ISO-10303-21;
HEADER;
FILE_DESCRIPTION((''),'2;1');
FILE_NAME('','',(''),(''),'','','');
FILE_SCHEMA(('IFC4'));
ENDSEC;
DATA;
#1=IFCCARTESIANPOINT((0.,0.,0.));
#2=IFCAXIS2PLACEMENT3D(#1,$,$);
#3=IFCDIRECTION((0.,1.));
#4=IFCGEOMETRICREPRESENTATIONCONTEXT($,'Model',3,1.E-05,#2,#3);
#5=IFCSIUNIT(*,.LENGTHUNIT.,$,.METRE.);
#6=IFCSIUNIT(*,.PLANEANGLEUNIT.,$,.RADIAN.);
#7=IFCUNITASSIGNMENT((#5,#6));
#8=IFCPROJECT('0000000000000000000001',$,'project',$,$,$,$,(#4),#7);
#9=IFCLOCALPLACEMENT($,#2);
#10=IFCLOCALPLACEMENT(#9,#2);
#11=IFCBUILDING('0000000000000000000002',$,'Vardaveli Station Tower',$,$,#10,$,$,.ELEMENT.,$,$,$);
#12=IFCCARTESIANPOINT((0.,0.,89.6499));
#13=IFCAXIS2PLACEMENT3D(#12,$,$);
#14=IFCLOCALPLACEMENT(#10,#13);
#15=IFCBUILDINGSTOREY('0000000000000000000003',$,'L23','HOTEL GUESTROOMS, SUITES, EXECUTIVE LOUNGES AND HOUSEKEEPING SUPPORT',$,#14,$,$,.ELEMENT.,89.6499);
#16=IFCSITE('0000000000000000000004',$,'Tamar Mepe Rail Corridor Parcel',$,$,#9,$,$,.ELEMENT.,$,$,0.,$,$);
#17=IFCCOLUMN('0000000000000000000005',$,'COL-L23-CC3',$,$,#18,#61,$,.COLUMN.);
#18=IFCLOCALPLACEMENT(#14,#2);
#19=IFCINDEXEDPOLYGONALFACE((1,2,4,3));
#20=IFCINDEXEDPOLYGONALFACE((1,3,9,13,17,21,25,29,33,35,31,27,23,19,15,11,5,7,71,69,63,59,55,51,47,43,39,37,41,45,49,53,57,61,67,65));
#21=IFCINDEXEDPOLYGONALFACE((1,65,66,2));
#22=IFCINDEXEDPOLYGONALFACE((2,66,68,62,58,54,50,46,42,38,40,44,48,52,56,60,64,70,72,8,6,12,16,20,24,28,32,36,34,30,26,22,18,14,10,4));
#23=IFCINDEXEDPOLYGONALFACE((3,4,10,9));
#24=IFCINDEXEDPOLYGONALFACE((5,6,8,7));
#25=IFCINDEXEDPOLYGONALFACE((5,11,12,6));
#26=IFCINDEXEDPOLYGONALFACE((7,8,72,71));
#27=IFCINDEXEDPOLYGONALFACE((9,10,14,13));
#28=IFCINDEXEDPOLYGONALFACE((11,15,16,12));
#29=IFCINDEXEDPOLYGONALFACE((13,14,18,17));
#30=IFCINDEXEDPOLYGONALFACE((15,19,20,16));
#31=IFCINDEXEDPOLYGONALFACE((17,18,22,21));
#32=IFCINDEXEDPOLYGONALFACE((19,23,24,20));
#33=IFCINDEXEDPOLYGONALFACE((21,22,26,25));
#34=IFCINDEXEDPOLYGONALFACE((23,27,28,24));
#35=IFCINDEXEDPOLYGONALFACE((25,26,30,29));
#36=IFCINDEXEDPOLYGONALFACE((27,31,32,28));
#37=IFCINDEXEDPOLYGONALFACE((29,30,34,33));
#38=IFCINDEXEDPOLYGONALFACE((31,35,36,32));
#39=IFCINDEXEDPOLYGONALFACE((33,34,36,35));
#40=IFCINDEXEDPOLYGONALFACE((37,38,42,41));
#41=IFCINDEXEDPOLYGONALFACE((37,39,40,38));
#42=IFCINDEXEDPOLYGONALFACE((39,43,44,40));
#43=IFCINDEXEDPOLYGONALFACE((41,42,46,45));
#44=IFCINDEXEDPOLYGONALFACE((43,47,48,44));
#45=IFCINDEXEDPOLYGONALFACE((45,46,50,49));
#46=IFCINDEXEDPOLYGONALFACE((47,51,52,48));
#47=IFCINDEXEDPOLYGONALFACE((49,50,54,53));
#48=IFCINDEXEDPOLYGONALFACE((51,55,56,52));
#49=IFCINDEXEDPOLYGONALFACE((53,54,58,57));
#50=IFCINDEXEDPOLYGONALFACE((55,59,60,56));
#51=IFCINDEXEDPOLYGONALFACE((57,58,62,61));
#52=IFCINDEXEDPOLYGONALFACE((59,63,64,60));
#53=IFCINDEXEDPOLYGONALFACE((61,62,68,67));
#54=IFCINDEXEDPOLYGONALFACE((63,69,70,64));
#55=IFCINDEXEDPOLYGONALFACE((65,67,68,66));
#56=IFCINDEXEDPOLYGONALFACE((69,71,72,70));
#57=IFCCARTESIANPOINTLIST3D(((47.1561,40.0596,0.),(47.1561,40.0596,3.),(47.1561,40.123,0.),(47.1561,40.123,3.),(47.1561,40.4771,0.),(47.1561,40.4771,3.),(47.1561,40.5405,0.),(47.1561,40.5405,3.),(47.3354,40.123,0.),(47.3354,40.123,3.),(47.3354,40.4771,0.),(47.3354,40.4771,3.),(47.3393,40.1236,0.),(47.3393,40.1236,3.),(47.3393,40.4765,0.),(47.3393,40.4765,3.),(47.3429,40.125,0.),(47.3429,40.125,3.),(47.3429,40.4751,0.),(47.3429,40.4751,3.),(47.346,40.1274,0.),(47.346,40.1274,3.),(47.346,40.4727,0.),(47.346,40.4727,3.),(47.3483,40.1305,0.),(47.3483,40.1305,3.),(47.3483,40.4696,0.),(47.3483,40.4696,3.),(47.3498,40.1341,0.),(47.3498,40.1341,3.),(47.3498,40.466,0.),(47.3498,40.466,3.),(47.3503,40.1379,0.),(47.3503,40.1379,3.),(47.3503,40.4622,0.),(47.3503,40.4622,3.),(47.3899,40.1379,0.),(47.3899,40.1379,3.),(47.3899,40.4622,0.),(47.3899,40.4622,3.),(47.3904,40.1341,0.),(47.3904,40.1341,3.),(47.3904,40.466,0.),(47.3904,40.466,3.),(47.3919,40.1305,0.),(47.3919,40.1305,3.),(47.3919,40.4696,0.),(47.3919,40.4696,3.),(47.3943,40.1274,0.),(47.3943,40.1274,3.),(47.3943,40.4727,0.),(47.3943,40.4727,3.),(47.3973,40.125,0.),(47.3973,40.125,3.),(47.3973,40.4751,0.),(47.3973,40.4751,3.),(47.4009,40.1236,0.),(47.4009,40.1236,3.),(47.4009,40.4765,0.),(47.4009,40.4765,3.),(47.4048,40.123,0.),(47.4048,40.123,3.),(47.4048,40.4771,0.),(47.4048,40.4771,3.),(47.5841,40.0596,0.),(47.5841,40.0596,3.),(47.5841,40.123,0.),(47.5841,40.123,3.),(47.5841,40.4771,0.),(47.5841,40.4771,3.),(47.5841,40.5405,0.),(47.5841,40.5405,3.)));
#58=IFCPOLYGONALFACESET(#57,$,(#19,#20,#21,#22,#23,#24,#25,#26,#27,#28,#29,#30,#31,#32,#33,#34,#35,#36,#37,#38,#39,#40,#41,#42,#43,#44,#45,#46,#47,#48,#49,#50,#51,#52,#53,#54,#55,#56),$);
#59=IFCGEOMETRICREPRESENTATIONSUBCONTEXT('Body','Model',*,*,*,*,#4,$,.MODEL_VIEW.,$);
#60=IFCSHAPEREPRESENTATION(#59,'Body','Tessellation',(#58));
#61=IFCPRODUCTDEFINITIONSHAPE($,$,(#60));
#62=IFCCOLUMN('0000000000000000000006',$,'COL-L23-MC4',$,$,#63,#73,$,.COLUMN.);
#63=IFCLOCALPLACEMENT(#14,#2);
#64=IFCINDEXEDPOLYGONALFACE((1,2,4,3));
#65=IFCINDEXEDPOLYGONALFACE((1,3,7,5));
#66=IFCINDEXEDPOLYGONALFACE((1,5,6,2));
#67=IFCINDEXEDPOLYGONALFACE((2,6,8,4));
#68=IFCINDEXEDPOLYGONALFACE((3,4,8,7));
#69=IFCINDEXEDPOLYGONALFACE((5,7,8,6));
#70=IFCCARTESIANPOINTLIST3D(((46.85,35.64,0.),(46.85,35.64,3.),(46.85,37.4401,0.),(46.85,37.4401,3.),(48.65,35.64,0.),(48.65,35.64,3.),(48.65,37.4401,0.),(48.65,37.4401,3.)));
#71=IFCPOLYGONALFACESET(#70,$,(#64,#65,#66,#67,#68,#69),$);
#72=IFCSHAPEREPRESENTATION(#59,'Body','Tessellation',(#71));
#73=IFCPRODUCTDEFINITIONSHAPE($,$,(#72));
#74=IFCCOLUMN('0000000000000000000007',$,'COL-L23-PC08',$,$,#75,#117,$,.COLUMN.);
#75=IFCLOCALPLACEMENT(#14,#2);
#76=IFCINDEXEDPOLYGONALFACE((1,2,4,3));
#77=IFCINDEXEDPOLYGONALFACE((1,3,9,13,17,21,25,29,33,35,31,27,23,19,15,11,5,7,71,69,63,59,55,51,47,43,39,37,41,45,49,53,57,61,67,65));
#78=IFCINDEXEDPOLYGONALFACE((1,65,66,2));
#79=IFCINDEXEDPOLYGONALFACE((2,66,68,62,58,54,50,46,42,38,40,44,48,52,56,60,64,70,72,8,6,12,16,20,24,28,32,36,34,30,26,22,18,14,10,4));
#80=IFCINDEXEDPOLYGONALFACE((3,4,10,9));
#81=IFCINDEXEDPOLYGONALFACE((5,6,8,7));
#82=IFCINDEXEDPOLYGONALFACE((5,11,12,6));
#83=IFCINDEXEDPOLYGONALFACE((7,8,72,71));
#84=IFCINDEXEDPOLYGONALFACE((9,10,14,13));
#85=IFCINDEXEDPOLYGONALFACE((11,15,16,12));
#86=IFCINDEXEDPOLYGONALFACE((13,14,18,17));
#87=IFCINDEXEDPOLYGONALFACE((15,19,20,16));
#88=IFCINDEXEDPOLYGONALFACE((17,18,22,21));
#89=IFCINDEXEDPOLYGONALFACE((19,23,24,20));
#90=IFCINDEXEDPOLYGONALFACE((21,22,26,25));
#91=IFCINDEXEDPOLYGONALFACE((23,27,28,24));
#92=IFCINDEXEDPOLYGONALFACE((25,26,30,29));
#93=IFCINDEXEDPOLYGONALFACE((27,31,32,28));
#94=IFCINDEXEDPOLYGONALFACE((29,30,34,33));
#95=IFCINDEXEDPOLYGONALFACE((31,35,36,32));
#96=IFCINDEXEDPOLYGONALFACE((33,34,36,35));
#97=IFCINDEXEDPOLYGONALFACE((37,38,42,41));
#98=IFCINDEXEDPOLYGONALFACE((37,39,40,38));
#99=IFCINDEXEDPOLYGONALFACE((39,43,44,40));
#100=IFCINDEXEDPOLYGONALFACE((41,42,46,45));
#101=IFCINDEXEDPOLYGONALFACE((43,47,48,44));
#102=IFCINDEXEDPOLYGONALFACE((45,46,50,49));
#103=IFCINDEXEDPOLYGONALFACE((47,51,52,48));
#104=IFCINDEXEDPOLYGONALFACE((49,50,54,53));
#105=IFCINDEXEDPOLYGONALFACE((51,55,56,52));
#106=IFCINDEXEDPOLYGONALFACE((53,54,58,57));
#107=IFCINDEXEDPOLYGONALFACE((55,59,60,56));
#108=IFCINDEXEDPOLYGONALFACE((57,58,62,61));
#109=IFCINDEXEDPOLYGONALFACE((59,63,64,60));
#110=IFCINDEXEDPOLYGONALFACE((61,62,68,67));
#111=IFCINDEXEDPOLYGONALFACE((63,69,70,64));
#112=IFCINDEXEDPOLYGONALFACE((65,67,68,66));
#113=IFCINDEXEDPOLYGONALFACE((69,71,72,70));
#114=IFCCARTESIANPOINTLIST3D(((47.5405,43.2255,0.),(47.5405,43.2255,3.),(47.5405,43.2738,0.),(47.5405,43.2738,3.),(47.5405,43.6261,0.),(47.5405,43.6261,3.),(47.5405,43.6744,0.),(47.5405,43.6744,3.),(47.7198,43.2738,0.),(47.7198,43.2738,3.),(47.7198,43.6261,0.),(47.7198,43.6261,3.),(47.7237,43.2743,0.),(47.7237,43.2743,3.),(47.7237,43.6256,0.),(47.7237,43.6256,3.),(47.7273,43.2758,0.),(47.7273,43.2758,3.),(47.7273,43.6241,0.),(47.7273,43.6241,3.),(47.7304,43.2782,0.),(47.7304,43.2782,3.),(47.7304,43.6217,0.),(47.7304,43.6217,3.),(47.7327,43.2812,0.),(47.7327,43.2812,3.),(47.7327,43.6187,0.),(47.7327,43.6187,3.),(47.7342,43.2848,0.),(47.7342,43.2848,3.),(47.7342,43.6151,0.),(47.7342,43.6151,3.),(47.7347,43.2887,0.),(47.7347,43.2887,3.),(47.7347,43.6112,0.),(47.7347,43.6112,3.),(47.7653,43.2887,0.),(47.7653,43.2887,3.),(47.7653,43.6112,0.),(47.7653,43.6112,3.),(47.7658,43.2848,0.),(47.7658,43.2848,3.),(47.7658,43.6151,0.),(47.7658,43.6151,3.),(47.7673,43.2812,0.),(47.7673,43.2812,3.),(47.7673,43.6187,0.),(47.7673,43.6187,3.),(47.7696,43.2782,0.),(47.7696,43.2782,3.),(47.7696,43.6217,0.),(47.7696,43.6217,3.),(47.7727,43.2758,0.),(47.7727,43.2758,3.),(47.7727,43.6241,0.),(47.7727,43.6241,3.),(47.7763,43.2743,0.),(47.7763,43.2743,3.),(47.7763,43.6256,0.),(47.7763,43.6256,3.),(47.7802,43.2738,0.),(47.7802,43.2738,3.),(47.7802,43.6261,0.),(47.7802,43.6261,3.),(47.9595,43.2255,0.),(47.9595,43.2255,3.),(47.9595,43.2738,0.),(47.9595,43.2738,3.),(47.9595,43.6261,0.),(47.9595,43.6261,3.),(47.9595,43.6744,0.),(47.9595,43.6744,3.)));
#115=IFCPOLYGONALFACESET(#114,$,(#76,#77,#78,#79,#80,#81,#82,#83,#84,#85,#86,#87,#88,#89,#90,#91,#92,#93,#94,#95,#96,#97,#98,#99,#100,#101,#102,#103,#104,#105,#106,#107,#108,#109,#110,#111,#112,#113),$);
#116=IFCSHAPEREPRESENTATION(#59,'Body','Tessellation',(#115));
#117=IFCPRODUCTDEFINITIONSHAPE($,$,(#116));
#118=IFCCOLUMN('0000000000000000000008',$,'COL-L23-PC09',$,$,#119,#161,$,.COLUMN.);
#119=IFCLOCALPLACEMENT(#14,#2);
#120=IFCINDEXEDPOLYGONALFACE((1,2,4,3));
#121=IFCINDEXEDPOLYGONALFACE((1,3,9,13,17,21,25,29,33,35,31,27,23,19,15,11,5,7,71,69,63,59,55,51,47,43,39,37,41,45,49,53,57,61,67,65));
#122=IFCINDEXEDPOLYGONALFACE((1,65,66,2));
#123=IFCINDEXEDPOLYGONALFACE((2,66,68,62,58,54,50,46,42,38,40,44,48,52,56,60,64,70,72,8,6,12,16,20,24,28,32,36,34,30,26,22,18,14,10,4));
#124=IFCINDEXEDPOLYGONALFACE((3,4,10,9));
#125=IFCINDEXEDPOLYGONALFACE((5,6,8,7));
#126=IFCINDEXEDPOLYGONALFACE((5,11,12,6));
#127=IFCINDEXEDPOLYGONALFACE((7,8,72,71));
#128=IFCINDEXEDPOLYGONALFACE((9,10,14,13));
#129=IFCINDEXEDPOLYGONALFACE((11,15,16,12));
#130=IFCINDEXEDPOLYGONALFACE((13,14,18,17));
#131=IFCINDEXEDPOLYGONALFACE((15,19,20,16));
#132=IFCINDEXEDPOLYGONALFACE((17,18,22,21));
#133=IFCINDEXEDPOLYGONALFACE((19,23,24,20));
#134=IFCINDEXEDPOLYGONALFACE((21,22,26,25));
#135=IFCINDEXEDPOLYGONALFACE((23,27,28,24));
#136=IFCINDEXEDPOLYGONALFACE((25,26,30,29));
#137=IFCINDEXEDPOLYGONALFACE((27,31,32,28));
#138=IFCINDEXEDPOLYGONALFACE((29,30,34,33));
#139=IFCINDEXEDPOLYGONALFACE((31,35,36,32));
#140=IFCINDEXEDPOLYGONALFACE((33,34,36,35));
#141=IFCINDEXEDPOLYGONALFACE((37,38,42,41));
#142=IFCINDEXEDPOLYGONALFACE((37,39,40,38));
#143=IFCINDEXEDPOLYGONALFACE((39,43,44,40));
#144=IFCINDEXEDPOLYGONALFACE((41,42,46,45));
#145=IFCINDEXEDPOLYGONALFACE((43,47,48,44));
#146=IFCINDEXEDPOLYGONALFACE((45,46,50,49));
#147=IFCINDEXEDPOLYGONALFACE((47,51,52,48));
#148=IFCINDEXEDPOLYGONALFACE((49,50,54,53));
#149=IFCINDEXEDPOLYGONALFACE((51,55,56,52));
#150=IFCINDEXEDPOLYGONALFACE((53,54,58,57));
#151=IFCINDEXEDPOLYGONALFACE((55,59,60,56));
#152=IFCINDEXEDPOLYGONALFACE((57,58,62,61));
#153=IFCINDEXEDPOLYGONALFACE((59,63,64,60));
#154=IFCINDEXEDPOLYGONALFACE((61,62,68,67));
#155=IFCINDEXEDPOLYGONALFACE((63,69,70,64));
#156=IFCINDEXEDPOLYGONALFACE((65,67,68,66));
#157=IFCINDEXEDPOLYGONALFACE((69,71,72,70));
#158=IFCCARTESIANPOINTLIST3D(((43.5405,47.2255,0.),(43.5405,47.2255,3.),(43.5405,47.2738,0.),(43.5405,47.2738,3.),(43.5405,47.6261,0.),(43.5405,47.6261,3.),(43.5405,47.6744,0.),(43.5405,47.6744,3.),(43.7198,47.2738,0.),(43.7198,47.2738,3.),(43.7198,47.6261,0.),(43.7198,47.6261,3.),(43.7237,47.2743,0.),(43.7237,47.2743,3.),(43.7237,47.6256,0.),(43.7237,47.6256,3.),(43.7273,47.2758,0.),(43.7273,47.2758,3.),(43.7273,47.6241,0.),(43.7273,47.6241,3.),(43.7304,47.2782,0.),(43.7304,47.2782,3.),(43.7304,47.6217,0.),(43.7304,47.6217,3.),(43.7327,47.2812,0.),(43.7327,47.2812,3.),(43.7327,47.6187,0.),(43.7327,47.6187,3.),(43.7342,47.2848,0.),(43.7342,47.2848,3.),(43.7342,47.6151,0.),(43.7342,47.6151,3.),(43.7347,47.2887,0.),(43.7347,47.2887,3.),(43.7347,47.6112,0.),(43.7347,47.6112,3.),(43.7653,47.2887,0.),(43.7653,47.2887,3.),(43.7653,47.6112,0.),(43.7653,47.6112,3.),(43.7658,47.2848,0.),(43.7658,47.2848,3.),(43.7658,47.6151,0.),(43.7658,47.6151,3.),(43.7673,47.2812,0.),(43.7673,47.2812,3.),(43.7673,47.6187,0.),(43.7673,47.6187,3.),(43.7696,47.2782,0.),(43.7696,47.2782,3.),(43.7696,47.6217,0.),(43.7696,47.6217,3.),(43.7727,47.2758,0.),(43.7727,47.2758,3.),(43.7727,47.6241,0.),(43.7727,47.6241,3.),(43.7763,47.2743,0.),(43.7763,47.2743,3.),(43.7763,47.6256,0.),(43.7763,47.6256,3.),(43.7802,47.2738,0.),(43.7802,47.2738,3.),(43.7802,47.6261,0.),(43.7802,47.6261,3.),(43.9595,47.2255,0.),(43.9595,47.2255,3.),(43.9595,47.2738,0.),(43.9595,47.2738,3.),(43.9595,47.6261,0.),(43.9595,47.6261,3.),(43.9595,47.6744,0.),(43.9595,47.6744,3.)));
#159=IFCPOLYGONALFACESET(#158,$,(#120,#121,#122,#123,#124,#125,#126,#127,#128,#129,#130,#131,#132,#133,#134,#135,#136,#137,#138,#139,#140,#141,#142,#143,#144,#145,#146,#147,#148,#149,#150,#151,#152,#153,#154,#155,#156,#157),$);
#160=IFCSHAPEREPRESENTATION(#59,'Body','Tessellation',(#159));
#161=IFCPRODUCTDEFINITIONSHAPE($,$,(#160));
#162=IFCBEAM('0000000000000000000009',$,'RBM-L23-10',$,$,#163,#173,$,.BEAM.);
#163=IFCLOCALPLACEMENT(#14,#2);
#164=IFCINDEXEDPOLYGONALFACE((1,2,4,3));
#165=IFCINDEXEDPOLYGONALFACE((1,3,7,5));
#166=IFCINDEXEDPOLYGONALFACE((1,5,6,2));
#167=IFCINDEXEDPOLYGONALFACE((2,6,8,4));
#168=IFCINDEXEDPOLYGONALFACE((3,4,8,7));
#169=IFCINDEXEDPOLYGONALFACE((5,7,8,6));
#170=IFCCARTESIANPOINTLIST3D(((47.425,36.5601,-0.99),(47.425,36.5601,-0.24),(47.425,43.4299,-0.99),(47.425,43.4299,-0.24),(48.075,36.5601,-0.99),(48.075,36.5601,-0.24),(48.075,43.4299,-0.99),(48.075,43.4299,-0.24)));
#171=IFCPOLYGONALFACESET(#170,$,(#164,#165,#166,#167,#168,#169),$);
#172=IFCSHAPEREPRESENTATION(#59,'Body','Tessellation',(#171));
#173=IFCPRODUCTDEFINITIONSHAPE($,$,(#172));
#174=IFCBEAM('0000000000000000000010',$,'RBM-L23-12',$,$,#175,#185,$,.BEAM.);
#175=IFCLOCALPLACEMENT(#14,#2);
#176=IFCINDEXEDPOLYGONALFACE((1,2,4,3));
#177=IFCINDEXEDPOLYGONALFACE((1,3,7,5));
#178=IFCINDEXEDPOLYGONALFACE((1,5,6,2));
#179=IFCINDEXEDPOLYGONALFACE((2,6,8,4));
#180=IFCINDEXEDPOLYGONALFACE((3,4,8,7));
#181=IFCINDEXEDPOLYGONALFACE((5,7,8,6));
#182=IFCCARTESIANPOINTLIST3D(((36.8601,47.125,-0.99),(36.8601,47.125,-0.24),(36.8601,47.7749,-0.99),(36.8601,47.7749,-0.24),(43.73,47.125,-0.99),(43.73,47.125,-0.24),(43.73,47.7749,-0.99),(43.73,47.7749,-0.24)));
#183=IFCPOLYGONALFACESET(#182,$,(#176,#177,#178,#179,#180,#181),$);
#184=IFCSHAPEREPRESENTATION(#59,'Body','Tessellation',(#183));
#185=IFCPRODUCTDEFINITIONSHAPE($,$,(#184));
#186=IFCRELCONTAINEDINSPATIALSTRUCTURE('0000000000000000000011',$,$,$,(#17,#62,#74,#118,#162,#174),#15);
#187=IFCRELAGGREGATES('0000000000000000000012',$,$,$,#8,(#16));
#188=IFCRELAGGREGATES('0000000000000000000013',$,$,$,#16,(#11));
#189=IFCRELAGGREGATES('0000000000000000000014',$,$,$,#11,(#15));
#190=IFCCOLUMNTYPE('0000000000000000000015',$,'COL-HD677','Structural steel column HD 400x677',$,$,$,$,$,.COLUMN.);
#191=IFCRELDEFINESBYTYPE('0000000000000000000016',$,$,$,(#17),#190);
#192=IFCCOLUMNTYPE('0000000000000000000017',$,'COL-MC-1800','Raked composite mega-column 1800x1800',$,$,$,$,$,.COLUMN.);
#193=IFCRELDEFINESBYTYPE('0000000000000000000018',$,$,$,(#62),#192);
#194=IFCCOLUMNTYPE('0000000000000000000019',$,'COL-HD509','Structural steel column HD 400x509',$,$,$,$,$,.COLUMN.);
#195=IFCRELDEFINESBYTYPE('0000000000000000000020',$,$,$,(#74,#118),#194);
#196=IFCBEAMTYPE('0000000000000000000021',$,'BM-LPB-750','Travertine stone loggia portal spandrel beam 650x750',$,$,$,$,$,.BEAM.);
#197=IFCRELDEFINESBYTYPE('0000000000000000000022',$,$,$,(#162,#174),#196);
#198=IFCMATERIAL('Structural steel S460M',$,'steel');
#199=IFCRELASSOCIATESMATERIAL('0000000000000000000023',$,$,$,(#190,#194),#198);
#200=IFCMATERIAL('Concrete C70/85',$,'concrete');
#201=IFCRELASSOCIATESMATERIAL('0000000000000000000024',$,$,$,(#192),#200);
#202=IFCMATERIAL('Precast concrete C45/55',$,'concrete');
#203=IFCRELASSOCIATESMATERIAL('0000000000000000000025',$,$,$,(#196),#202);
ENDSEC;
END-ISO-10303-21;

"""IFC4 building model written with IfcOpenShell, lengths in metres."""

from ifc_helpers import new_model, si_unit, direction, frame, origin, origin_2d, place, context, subcontext, project, spatial, rectangle, i_section, extrude, source, transform, mapped, material, material_profile, profile_set, type_object, element, save


model = new_model("IFC4")

# Units and contexts
model_context = context("Model", 3, precision=1e-05, world=origin(), true_north=direction((0.0, 1.0)))
body_context = subcontext(model_context, "Body", "Model", "MODEL_VIEW")
ifc_project = project(units=[si_unit("LENGTHUNIT", "METRE"), si_unit("PLANEANGLEUNIT", "RADIAN")], contexts=[model_context])

# Site, building, storey
site_placement = place(None, origin())
site = spatial("IfcSite", under=ifc_project, at=site_placement, Name="Tamar Mepe Rail Corridor Parcel", CompositionType="ELEMENT", RefElevation=0.0)
building_placement = place(site_placement, origin())
building = spatial("IfcBuilding", under=site, at=building_placement, Name="Vardaveli Station Tower", CompositionType="ELEMENT")
storey_placement = place(building_placement, frame((0.0, 0.0, 89.6499)))
storey = spatial("IfcBuildingStorey", under=building, at=storey_placement, Name="L23", Description="HOTEL GUESTROOMS, SUITES, EXECUTIVE LOUNGES AND HOUSEKEEPING SUPPORT", CompositionType="ELEMENT", Elevation=89.6499)

# Columns
ifc_material_1 = material(Name="Structural steel S460M", Category="steel")
ifc_material_profile_1 = material_profile(ifc_material_1, i_section(OverallWidth=0.428, OverallDepth=0.481, WebThickness=0.0396, FlangeThickness=0.0635, FilletRadius=0.0149, at=origin_2d()), Name="HD 400x677")
ifc_profile_set_1 = profile_set([ifc_material_profile_1], Name="Structural steel S460M")
column_type_1 = type_object("IfcColumnType", Name="COL-HD677", Description="Structural steel column HD 400x677", PredefinedType="COLUMN", material=ifc_profile_set_1)
shared_shape_1 = source(origin(), body_context, "Body", "SweptSolid", [
    extrude(i_section(OverallWidth=0.428, OverallDepth=0.481, WebThickness=0.0396, FlangeThickness=0.0635, FilletRadius=0.0149, at=origin_2d()), origin(), (0.0, 0.0, 1.0), 3.0),
])
column_1_placement = place(storey_placement, frame((47.3701, 40.3, 0.0), z_axis=(0.0, 0.0, 1.0), x_axis=(1.0, 0.0, 0.0)))
element("IfcColumn", 1, at=column_1_placement, inside=storey, type_object=column_type_1, Name="COL-L23-CC3", PredefinedType="COLUMN", context=body_context, shape_type="MappedRepresentation", body=[
    mapped(shared_shape_1, transform((0.0, 0.0, 0.0), scale=1.0)),
])
ifc_material_2 = material(Name="Concrete C70/85", Category="concrete")
ifc_material_profile_2 = material_profile(ifc_material_2, rectangle(XDim=1.8, YDim=1.8, at=origin_2d()), Name="MC 1800x1800")
ifc_profile_set_2 = profile_set([ifc_material_profile_2], Name="Concrete C70/85")
column_type_2 = type_object("IfcColumnType", Name="COL-MC-1800", Description="Raked composite mega-column 1800x1800", PredefinedType="COLUMN", material=ifc_profile_set_2)
shared_shape_2 = source(origin(), body_context, "Body", "SweptSolid", [
    extrude(rectangle(XDim=1.8, YDim=1.8, at=origin_2d()), origin(), (0.0, 0.0, 1.0), 3.0),
])
column_2_placement = place(storey_placement, frame((47.75, 36.54, 0.0), z_axis=(0.0, 0.0, 1.0), x_axis=(1.0, 0.0, 0.0)))
element("IfcColumn", 2, at=column_2_placement, inside=storey, type_object=column_type_2, Name="COL-L23-MC4", PredefinedType="COLUMN", context=body_context, shape_type="MappedRepresentation", body=[
    mapped(shared_shape_2, transform((0.0, 0.0, 0.0), scale=1.0)),
])
ifc_material_profile_3 = material_profile(ifc_material_1, i_section(OverallWidth=0.4189, OverallDepth=0.449, WebThickness=0.0305, FlangeThickness=0.0483, FilletRadius=0.0149, at=origin_2d()), Name="HD 400x509")
ifc_profile_set_3 = profile_set([ifc_material_profile_3], Name="Structural steel S460M")
column_type_3 = type_object("IfcColumnType", Name="COL-HD509", Description="Structural steel column HD 400x509", PredefinedType="COLUMN", material=ifc_profile_set_3)
shared_shape_3 = source(origin(), body_context, "Body", "SweptSolid", [
    extrude(i_section(OverallWidth=0.4189, OverallDepth=0.449, WebThickness=0.0305, FlangeThickness=0.0483, FilletRadius=0.0149, at=origin_2d()), origin(), (0.0, 0.0, 1.0), 3.0),
])
for number, where, z_axis, x_axis, name in (
    (3, (47.75, 43.45, 0.0), (0.0, 0.0, 1.0), (1.0, 0.0, 0.0), "COL-L23-PC08"),
    (4, (43.75, 47.45, 0.0), (0.0, 0.0, 1.0), (1.0, 0.0, 0.0), "COL-L23-PC09"),
):
    element("IfcColumn", number, at=place(storey_placement, frame(where, z_axis=z_axis, x_axis=x_axis)), inside=storey, type_object=column_type_3, Name=name, PredefinedType="COLUMN", context=body_context, shape_type="MappedRepresentation", body=[
        mapped(shared_shape_3, transform((0.0, 0.0, 0.0), scale=1.0)),
    ])

# Beams
ifc_material_3 = material(Name="Precast concrete C45/55", Category="concrete")
ifc_material_profile_4 = material_profile(ifc_material_3, rectangle(XDim=0.6499, YDim=0.75, at=origin_2d()), Name="LPB 650x750")
ifc_profile_set_4 = profile_set([ifc_material_profile_4], Name="Precast concrete C45/55")
beam_type = type_object("IfcBeamType", Name="BM-LPB-750", Description="Travertine stone loggia portal spandrel beam 650x750", PredefinedType="BEAM", material=ifc_profile_set_4)
shared_shape_4 = source(origin(), body_context, "Body", "SweptSolid", [
    extrude(rectangle(XDim=0.6499, YDim=0.75, at=origin_2d()), origin(), (0.0, 0.0, 1.0), 6.8699),
])
for number, where, z_axis, x_axis, name in (
    (5, (47.75, 36.5601, -0.615), (0.0, 1.0, 0.0), (-1.0, 0.0, 0.0), "RBM-L23-10"),
    (6, (43.73, 47.45, -0.615), (-1.0, 0.0, 0.0), (0.0, -1.0, 0.0), "RBM-L23-12"),
):
    element("IfcBeam", number, at=place(storey_placement, frame(where, z_axis=z_axis, x_axis=x_axis)), inside=storey, type_object=beam_type, Name=name, PredefinedType="BEAM", context=body_context, shape_type="MappedRepresentation", body=[
        mapped(shared_shape_4, transform((0.0, 0.0, 0.0), scale=1.0)),
    ])

save(model, "model.ifc")
